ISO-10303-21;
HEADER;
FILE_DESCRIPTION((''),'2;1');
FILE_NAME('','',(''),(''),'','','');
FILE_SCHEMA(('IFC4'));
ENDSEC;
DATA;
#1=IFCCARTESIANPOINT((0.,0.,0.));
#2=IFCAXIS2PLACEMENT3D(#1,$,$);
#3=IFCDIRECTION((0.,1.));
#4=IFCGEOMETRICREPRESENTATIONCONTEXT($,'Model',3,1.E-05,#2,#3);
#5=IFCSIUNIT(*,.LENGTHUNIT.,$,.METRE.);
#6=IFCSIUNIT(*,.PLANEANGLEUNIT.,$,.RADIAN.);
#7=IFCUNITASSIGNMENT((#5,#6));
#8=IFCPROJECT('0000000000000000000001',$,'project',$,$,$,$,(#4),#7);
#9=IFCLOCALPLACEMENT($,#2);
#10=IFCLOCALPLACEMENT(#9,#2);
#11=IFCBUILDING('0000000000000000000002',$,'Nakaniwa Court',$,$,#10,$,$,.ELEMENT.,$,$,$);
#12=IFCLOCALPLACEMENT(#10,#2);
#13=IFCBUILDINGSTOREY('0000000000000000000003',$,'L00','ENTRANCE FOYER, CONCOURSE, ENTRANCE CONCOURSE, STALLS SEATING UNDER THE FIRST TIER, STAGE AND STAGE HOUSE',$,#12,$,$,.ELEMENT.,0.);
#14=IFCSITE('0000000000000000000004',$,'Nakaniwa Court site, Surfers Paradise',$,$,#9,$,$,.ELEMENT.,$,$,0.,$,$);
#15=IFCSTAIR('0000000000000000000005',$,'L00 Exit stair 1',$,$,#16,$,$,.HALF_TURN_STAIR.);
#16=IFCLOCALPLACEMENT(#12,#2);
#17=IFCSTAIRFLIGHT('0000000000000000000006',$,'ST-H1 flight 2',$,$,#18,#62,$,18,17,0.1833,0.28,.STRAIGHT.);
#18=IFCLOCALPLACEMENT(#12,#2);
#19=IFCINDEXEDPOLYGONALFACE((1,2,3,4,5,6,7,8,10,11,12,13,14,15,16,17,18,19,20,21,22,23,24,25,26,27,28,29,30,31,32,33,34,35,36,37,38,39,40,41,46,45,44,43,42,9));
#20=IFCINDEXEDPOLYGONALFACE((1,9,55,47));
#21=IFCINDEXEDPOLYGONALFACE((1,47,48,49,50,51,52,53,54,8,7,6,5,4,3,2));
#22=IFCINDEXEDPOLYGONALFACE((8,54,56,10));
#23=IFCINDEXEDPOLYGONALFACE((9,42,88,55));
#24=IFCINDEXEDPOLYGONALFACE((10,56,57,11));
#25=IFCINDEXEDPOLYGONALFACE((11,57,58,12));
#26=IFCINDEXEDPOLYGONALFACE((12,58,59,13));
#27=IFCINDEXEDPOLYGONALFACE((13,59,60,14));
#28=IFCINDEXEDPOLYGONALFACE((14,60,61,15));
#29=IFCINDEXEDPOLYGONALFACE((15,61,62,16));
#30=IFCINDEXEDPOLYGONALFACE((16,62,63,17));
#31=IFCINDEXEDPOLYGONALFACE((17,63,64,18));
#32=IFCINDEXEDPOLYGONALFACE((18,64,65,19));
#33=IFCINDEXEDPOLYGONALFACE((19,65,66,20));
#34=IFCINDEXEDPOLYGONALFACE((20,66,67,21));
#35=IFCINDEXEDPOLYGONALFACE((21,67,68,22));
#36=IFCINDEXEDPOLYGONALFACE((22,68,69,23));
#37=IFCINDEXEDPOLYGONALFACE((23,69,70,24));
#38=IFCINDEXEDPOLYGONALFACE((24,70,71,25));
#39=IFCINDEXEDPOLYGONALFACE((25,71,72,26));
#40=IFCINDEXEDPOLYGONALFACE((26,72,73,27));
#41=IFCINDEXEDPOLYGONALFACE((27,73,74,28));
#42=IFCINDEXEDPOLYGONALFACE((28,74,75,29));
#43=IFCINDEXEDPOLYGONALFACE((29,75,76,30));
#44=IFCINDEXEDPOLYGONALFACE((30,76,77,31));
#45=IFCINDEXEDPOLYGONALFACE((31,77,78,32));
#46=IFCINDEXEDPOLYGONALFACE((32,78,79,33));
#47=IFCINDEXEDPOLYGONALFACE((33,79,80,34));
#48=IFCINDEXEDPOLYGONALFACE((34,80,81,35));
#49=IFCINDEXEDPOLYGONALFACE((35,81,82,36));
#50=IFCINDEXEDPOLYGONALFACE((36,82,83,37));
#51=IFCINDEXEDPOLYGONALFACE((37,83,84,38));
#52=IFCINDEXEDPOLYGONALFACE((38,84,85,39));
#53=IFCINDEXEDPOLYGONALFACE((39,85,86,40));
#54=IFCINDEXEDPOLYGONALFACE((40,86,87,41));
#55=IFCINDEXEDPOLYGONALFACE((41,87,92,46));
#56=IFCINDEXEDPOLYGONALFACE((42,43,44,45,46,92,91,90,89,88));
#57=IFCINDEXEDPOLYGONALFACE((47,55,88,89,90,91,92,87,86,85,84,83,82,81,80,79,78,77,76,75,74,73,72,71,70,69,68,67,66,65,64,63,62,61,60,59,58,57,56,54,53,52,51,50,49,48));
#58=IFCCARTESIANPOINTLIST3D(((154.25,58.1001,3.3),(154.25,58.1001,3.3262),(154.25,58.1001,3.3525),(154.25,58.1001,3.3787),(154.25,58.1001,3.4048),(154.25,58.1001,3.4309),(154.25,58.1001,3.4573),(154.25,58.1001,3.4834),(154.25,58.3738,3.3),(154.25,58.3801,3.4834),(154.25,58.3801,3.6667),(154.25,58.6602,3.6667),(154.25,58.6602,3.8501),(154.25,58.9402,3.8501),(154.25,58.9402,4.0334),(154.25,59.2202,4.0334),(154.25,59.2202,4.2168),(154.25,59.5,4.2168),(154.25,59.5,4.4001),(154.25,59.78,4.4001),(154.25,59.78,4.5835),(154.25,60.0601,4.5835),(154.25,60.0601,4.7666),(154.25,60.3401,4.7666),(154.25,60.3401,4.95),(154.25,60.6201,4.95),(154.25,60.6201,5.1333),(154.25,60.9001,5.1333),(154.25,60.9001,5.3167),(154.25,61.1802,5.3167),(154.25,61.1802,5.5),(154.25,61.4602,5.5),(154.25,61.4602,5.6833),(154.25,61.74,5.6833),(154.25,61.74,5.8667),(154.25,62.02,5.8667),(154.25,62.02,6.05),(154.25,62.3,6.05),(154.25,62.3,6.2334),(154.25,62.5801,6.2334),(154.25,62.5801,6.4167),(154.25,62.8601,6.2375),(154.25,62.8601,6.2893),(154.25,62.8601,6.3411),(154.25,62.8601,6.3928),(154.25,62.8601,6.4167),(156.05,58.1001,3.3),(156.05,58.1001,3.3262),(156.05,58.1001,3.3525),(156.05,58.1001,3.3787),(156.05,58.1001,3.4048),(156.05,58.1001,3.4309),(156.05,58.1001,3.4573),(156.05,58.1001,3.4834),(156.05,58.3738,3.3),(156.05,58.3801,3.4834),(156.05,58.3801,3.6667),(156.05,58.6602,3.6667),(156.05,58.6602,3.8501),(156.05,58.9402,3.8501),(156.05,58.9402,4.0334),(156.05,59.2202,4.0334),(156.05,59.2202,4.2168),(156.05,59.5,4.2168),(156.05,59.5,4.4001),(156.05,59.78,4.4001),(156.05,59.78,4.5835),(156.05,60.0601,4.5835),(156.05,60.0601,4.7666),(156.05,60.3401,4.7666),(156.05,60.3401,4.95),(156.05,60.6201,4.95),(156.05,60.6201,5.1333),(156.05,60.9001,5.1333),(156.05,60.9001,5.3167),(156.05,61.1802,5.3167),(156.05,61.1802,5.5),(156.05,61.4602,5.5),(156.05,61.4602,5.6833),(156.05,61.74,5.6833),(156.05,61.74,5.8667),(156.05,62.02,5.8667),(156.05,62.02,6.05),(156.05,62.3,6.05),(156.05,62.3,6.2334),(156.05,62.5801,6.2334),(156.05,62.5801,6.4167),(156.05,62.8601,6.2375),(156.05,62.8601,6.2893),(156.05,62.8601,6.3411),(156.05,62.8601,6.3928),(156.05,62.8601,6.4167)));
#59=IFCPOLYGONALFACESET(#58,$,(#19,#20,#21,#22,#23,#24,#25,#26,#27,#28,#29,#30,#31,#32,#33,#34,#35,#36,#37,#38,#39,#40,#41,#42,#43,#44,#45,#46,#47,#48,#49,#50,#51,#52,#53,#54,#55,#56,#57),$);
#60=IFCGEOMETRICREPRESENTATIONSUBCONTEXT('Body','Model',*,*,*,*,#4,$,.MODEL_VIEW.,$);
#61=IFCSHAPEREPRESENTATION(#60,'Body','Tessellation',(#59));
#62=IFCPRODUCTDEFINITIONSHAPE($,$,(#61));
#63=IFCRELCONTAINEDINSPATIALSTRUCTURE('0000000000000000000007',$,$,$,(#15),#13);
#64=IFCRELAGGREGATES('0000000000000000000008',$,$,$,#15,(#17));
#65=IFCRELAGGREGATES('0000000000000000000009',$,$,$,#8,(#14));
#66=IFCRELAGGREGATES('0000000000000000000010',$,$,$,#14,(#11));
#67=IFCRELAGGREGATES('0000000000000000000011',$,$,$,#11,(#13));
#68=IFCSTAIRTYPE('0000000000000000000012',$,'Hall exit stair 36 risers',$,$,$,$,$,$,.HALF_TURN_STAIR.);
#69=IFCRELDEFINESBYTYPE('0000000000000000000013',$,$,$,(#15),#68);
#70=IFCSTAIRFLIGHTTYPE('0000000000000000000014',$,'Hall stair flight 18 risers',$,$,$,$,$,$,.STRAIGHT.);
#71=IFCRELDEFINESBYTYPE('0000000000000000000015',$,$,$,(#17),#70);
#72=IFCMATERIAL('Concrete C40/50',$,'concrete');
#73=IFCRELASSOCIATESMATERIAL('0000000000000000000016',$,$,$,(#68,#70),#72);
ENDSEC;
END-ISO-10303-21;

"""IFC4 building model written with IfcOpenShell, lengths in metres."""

from ifc_helpers import new_model, si_unit, direction, frame, origin, place, context, subcontext, project, spatial, polyline, outline, extrude, material, type_object, element, aggregate, save


model = new_model("IFC4")

# Units and contexts
model_context = context("Model", 3, precision=1e-05, world=origin(), true_north=direction((0.0, 1.0)))
body_context = subcontext(model_context, "Body", "Model", "MODEL_VIEW")
ifc_project = project(units=[si_unit("LENGTHUNIT", "METRE"), si_unit("PLANEANGLEUNIT", "RADIAN")], contexts=[model_context])

# Site, building, storey
site_placement = place(None, origin())
site = spatial("IfcSite", under=ifc_project, at=site_placement, Name="Nakaniwa Court site, Surfers Paradise", CompositionType="ELEMENT", RefElevation=0.0)
building_placement = place(site_placement, origin())
building = spatial("IfcBuilding", under=site, at=building_placement, Name="Nakaniwa Court", CompositionType="ELEMENT")
storey_placement = place(building_placement, origin())
storey = spatial("IfcBuildingStorey", under=building, at=storey_placement, Name="L00", Description="ENTRANCE FOYER, CONCOURSE, ENTRANCE CONCOURSE, STALLS SEATING UNDER THE FIRST TIER, STAGE AND STAGE HOUSE", CompositionType="ELEMENT", Elevation=0.0)

# Shared definitions
ifc_material_1 = material(Name="Concrete C40/50", Category="concrete")

# Stair, stair flight
stair_type = type_object("IfcStairType", Name="Hall exit stair 36 risers", PredefinedType="HALF_TURN_STAIR", material=ifc_material_1)
stair_placement = place(storey_placement, origin())
stair = element("IfcStair", 1, at=stair_placement, inside=storey, type_object=stair_type, Name="L00 Exit stair 1", PredefinedType="HALF_TURN_STAIR")
stair_flight_type = type_object("IfcStairFlightType", Name="Hall stair flight 18 risers", PredefinedType="STRAIGHT", material=ifc_material_1)
stair_flight_placement = place(storey_placement, frame((155.1499, 58.1001, 3.3), z_axis=(0.0, 0.0, 1.0), x_axis=(0.0, 1.0, 0.0)))
stair_flight = element("IfcStairFlight", 2, at=stair_flight_placement, type_object=stair_flight_type, Name="ST-H1 flight 2", NumberOfRisers=18, NumberOfTreads=17, PredefinedType="STRAIGHT", RiserHeight=0.1833, TreadLength=0.28, context=body_context, shape_type="SweptSolid", body=[
    extrude(outline(polyline([(0.0, 0.0), (0.0, 0.0261), (0.0, 0.0525), (0.0, 0.0786), (0.0, 0.1047), (0.0, 0.1309), (0.0, 0.1572), (0.0, 0.1833), (0.28, 0.1833), (0.28, 0.3667), (0.5601, 0.3667), (0.5601, 0.55), (0.8401, 0.55), (0.8401, 0.7334), (1.1201, 0.7334), (1.1201, 0.9167), (1.3999, 0.9167), (1.3999, 1.1001), (1.6799, 1.1001), (1.6799, 1.2834), (1.96, 1.2834), (1.96, 1.4666), (2.24, 1.4666), (2.24, 1.6499), (2.52, 1.6499), (2.52, 1.8333), (2.8, 1.8333), (2.8, 2.0166), (3.0801, 2.0166), (3.0801, 2.2), (3.3601, 2.2), (3.3601, 2.3833), (3.6399, 2.3833), (3.6399, 2.5667), (3.9199, 2.5667), (3.9199, 2.75), (4.2, 2.75), (4.2, 2.9333), (4.48, 2.9333), (4.48, 3.1167), (4.76, 3.1167), (4.76, 3.3), (4.76, 3.2483), (4.76, 3.1965), (4.76, 3.1445), (4.76, 3.0928), (4.76, 3.041), (4.76, 2.9893), (4.76, 2.9375), (0.2737, 0.0), (0.0, 0.0)])), frame((0.0, 0.8999, 0.0), z_axis=(0.0, -1.0, 0.0), x_axis=(1.0, 0.0, 0.0)), (0.0, 0.0, 1.0), 1.8),
])
aggregate(stair, [stair_flight])

save(model, "model.ifc")
